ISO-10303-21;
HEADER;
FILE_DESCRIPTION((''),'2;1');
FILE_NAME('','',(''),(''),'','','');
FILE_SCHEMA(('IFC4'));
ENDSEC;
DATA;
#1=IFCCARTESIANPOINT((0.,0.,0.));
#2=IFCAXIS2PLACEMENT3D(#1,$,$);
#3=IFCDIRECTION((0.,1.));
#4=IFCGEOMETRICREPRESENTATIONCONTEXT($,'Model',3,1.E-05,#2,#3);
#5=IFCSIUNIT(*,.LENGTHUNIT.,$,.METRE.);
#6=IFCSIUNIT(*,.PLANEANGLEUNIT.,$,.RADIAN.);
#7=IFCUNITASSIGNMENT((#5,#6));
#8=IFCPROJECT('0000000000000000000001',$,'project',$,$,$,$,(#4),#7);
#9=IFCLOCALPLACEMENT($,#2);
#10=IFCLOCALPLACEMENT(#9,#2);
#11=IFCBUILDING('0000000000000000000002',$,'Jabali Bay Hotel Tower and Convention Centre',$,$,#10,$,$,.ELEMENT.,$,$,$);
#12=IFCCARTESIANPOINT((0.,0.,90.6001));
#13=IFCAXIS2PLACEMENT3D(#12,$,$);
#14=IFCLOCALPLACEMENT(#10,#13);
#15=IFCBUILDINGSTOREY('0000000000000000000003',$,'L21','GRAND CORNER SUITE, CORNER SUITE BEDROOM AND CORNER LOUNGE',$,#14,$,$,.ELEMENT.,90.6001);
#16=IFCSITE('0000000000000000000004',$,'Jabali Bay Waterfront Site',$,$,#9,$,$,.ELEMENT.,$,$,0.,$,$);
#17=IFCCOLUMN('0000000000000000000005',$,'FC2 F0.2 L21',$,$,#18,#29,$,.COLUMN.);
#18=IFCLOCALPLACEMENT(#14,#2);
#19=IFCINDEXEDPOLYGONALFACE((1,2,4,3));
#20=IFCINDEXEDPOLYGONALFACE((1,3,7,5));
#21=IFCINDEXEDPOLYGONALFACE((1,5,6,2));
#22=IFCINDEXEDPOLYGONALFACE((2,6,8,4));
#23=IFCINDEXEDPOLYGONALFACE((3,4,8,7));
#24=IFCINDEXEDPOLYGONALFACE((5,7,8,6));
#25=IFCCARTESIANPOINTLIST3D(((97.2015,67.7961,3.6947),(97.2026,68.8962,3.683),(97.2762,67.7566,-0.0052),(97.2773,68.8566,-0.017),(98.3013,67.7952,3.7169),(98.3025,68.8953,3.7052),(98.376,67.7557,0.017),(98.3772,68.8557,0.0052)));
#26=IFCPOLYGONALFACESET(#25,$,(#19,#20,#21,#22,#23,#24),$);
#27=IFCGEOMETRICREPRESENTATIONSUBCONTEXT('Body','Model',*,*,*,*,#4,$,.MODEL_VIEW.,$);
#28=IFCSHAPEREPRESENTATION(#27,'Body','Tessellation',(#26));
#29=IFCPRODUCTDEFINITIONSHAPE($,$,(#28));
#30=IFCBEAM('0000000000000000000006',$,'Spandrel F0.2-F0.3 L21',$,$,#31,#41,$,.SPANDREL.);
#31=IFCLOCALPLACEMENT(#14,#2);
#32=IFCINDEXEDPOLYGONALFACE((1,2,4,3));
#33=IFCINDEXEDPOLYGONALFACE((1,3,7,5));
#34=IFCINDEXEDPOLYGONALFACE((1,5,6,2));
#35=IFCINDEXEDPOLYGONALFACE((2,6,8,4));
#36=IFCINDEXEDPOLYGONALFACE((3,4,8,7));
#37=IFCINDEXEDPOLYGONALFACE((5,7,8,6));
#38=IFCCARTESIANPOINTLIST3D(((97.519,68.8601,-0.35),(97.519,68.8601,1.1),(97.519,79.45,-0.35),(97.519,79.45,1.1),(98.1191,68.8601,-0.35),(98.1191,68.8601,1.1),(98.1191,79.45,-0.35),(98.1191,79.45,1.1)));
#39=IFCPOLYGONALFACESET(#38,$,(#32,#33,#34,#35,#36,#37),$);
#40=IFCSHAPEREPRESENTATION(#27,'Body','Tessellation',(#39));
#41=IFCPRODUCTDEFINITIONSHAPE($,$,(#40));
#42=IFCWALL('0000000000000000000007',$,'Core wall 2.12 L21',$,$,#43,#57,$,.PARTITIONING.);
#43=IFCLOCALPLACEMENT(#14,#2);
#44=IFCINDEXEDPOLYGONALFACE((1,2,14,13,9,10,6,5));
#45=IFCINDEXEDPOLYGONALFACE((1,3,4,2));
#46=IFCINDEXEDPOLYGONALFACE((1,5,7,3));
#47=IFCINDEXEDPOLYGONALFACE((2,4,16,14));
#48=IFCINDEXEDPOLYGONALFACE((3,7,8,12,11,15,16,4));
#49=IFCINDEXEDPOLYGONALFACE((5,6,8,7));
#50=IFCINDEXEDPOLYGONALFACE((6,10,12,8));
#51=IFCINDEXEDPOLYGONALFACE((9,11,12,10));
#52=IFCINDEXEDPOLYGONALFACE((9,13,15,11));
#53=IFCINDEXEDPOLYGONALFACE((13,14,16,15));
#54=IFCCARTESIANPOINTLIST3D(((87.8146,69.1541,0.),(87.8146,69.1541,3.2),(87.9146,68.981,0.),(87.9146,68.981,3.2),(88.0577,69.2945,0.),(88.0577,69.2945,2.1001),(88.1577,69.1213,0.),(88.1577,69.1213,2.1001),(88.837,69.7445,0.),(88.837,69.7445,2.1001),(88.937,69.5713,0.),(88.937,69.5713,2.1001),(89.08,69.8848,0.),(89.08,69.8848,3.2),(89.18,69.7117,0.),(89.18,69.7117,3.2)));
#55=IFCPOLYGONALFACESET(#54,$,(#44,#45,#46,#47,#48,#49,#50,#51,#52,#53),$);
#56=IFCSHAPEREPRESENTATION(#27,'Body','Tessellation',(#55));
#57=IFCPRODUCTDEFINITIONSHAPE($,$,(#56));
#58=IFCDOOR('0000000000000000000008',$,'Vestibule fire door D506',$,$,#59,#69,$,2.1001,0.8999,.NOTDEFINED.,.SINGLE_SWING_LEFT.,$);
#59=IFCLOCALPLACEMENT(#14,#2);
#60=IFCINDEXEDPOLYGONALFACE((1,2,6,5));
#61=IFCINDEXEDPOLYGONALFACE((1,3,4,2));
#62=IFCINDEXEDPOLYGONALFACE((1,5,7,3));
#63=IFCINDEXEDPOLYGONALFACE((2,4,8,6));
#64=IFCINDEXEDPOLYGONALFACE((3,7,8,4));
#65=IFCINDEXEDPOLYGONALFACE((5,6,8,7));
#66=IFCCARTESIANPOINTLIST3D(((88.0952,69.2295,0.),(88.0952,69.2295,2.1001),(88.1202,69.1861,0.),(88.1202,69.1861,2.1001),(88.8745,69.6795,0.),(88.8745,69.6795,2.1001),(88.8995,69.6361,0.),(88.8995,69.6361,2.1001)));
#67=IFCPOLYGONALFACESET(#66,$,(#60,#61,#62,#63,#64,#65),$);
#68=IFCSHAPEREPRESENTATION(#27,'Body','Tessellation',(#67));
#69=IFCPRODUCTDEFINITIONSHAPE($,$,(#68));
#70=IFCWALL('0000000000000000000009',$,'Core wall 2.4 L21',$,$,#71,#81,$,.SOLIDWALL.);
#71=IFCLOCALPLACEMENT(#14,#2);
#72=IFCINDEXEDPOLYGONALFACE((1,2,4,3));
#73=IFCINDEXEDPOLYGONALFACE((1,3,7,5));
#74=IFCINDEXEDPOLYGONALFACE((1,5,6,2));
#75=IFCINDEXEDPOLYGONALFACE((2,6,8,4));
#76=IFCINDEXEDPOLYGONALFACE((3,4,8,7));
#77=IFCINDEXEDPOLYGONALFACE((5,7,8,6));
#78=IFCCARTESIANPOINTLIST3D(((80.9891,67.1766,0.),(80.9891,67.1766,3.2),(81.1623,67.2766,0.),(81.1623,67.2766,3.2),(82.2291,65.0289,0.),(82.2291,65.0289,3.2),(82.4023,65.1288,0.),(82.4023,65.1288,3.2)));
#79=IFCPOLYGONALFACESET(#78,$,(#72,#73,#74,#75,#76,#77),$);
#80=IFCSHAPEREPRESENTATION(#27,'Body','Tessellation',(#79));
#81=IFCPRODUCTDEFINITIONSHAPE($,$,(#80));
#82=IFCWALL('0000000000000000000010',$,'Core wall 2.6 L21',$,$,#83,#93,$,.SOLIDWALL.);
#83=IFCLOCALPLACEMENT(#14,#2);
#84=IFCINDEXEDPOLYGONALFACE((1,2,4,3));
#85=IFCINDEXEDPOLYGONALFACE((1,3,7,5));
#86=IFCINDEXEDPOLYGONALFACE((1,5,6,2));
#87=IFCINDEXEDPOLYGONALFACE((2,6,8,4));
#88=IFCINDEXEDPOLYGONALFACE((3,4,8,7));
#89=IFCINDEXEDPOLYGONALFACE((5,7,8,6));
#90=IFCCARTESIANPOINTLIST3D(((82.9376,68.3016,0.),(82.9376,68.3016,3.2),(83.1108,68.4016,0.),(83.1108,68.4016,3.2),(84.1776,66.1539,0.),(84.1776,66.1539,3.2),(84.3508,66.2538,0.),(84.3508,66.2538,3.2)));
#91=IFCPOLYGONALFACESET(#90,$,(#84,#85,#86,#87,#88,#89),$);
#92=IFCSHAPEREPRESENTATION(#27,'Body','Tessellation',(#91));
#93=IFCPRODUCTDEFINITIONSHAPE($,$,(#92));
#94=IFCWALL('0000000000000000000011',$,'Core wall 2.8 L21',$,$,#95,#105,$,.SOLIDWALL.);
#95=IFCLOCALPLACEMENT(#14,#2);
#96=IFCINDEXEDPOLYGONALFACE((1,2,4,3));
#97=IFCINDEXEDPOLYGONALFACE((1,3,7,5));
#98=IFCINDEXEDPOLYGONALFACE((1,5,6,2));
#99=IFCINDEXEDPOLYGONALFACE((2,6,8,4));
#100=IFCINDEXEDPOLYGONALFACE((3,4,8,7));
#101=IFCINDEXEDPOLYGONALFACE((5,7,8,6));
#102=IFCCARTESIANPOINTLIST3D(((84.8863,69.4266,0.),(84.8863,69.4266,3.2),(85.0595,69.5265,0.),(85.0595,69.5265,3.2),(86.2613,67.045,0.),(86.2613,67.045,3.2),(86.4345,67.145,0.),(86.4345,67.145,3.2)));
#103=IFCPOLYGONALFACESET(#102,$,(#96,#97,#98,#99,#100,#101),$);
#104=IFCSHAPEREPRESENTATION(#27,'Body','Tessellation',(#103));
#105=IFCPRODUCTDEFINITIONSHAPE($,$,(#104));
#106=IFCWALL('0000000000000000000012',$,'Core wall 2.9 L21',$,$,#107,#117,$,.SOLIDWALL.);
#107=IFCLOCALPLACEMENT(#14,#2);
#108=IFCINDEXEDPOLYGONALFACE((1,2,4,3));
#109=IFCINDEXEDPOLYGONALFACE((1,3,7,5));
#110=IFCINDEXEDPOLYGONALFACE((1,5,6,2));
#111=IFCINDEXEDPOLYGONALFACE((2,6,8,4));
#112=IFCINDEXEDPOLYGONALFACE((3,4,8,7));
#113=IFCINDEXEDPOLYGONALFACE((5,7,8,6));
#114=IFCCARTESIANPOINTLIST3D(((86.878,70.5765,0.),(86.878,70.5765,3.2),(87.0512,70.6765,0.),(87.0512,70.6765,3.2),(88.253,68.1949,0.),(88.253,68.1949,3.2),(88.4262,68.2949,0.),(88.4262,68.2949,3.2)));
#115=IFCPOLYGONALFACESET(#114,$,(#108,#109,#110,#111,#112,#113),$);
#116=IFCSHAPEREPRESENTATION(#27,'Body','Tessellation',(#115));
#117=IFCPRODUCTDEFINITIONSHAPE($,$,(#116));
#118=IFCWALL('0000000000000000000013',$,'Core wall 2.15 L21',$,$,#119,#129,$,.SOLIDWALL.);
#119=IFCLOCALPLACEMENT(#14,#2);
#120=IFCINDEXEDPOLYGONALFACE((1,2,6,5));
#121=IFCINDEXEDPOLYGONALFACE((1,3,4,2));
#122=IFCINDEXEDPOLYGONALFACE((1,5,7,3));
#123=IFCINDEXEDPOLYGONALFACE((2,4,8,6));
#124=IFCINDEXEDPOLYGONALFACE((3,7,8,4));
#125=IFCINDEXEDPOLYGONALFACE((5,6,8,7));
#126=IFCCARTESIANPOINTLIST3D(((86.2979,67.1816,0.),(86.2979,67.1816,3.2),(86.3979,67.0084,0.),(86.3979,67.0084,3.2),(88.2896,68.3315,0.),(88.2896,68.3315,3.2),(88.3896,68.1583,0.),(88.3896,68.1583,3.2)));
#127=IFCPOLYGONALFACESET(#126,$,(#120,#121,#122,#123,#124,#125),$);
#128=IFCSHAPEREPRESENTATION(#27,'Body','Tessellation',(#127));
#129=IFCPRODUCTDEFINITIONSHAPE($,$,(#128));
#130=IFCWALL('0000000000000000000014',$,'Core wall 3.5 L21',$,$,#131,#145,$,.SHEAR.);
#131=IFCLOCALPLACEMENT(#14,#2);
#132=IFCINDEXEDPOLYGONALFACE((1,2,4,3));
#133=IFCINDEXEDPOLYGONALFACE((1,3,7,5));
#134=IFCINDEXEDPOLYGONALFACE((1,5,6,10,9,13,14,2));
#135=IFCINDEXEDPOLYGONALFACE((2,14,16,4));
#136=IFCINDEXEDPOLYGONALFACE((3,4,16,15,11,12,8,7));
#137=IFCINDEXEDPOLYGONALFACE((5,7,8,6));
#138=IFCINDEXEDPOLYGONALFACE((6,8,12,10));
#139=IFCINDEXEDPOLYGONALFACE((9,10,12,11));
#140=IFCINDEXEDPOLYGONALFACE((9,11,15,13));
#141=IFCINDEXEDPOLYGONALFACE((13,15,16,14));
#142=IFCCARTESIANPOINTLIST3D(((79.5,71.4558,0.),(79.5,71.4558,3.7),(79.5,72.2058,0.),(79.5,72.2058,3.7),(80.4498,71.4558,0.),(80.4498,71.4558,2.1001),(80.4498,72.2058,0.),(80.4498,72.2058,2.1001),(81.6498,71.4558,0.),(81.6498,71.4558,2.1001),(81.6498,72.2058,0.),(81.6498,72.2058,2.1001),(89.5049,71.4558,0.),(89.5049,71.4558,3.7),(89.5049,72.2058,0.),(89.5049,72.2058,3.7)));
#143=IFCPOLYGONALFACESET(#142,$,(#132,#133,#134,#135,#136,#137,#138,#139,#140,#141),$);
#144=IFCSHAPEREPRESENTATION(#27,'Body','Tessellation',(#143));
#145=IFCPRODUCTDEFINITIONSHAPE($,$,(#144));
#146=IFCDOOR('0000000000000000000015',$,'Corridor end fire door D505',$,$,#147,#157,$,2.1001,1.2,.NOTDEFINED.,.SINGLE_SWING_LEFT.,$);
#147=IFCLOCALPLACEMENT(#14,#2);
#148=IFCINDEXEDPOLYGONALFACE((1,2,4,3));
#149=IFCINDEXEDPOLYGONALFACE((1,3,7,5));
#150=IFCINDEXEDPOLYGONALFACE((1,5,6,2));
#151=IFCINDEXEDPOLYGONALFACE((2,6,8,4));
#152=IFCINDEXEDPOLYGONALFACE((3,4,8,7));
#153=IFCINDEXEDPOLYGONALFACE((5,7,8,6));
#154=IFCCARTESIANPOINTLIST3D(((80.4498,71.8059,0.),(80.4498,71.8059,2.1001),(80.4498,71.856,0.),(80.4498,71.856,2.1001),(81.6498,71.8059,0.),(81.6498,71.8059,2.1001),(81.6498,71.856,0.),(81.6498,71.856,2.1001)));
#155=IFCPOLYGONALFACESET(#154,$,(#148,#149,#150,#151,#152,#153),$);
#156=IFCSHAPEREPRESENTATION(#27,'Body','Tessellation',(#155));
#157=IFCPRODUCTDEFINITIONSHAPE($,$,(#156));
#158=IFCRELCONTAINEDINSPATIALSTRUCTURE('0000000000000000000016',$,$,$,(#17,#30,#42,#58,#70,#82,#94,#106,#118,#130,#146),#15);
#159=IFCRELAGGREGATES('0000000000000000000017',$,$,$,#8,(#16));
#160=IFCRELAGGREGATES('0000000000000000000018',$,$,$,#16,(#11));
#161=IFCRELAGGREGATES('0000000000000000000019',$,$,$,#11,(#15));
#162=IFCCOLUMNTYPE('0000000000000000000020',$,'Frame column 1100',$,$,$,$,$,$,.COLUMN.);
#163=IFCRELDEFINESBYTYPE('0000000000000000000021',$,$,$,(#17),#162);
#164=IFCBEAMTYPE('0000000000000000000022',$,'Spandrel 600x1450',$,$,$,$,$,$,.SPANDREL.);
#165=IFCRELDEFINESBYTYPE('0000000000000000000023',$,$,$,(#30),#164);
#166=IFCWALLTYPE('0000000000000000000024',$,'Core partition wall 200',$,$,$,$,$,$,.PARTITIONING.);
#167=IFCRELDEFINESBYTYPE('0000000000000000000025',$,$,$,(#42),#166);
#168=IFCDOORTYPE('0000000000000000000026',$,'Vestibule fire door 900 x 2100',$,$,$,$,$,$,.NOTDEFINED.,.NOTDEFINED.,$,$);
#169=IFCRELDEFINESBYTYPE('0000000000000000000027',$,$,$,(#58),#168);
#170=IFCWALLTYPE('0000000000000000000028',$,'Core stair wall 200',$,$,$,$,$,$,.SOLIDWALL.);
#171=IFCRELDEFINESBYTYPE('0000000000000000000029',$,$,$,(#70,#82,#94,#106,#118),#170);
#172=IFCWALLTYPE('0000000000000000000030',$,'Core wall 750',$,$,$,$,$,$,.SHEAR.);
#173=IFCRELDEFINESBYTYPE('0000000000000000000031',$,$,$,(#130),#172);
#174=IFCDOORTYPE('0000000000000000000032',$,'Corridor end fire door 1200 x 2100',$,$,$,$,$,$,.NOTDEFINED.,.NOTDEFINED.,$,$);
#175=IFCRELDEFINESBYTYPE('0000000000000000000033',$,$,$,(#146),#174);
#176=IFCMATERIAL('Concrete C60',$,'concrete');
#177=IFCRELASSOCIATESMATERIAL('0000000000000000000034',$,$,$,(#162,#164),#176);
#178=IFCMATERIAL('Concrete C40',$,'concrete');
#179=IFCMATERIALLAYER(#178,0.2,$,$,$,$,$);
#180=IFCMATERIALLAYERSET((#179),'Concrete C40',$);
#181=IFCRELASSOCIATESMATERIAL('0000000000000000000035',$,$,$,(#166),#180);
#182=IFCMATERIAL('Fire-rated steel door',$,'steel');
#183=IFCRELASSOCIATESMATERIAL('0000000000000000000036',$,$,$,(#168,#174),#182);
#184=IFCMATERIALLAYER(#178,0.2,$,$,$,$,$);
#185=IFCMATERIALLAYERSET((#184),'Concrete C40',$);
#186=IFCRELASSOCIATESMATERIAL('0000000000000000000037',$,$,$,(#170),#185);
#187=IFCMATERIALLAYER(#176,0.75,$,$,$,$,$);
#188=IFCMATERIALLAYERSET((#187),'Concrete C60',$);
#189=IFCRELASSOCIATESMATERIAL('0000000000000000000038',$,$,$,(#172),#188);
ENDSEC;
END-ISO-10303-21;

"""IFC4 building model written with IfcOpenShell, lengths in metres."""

from ifc_helpers import new_model, si_unit, direction, frame, frame_2d, origin, origin_2d, place, context, subcontext, project, spatial, rectangle, extrude, material, layer, layer_set, material_profile, profile_set, type_object, element, fill, save


model = new_model("IFC4")

# Units and contexts
model_context = context("Model", 3, precision=1e-05, world=origin(), true_north=direction((0.0, 1.0)))
body_context = subcontext(model_context, "Body", "Model", "MODEL_VIEW")
ifc_project = project(units=[si_unit("LENGTHUNIT", "METRE"), si_unit("PLANEANGLEUNIT", "RADIAN")], contexts=[model_context])

# Site, building, storey
site_placement = place(None, origin())
site = spatial("IfcSite", under=ifc_project, at=site_placement, Name="Jabali Bay Waterfront Site", CompositionType="ELEMENT", RefElevation=0.0)
building_placement = place(site_placement, origin())
building = spatial("IfcBuilding", under=site, at=building_placement, Name="Jabali Bay Hotel Tower and Convention Centre", CompositionType="ELEMENT")
storey_placement = place(building_placement, frame((0.0, 0.0, 90.6001)))
storey = spatial("IfcBuildingStorey", under=building, at=storey_placement, Name="L21", Description="GRAND CORNER SUITE, CORNER SUITE BEDROOM AND CORNER LOUNGE", CompositionType="ELEMENT", Elevation=90.6001)

# Column
ifc_material_1 = material(Name="Concrete C60", Category="concrete")
ifc_material_profile_1 = material_profile(ifc_material_1, rectangle(XDim=1.1001, YDim=1.1001, at=origin_2d()), Name="Frame column 1100")
ifc_profile_set_1 = profile_set([ifc_material_profile_1], Name="Concrete C60")
column_type = type_object("IfcColumnType", Name="Frame column 1100", PredefinedType="COLUMN", material=ifc_profile_set_1)
column_placement = place(storey_placement, frame((97.8267, 68.3062, 0.0), z_axis=(-0.020186, 0.010687, 0.999739), x_axis=(-0.001023, -0.999943, 0.010668)))
element("IfcColumn", 1, at=column_placement, inside=storey, type_object=column_type, Name="FC2 F0.2 L21", PredefinedType="COLUMN", context=body_context, shape_type="SweptSolid", body=[
    extrude(rectangle(XDim=1.1001, YDim=1.1001, at=origin_2d()), origin(), (0.0, 0.0, 1.0), 3.7009),
])

# Beam
ifc_material_profile_2 = material_profile(ifc_material_1, rectangle(XDim=0.6001, YDim=1.45, at=origin_2d()), Name="Spandrel 600x1450")
ifc_profile_set_2 = profile_set([ifc_material_profile_2], Name="Concrete C60")
beam_type = type_object("IfcBeamType", Name="Spandrel 600x1450", PredefinedType="SPANDREL", material=ifc_profile_set_2)
beam_placement = place(storey_placement, frame((97.8191, 68.8601, 0.375), z_axis=(0.0, 1.0, 0.0), x_axis=(-1.0, 0.0, 0.0)))
element("IfcBeam", 2, at=beam_placement, inside=storey, type_object=beam_type, Name="Spandrel F0.2-F0.3 L21", PredefinedType="SPANDREL", context=body_context, shape_type="SweptSolid", body=[
    extrude(rectangle(XDim=0.6001, YDim=1.45, at=origin_2d()), origin(), (0.0, 0.0, 1.0), 10.5898),
])

# Wall, opening, door
ifc_material_2 = material(Name="Concrete C40", Category="concrete")
ifc_layer_1 = layer(ifc_material_2, 0.2)
ifc_layer_set_1 = layer_set([ifc_layer_1], Name="Concrete C40")
wall_type_1 = type_object("IfcWallType", Name="Core partition wall 200", PredefinedType="PARTITIONING", material=ifc_layer_set_1)
wall_1_placement = place(storey_placement, frame((87.8647, 69.0676, 0.0), z_axis=(0.0, 0.0, 1.0), x_axis=(0.865982, 0.500074, 0.0)))
wall_1 = element("IfcWall", 3, at=wall_1_placement, inside=storey, type_object=wall_type_1, Name="Core wall 2.12 L21", PredefinedType="PARTITIONING", context=body_context, shape_type="SweptSolid", body=[
    extrude(rectangle(XDim=1.4612, YDim=0.2, at=frame_2d((0.7305, 0.0))), origin(), (0.0, 0.0, 1.0), 3.2),
])
opening_1_placement = place(wall_1_placement, frame((0.2805, 0.0, 0.0)))
opening_1 = element("IfcOpeningElement", 4, at=opening_1_placement, cuts=wall_1, PredefinedType="OPENING", context=body_context, shape_type="SweptSolid", body=[
    extrude(rectangle(XDim=0.8999, YDim=2.1001, at=frame_2d((0.45, 1.05))), frame((0.0, 0.1104, 0.0), z_axis=(0.0, -1.0, 0.0), x_axis=(1.0, 0.0, 0.0)), (0.0, 0.0, 1.0), 0.2209),
])
ifc_material_3 = material(Name="Fire-rated steel door", Category="steel")
door_type_1 = type_object("IfcDoorType", Name="Vestibule fire door 900 x 2100", OperationType="NOTDEFINED", PredefinedType="NOTDEFINED", material=ifc_material_3)
door_1_placement = place(opening_1_placement, origin())
door_1 = element("IfcDoor", 5, at=door_1_placement, inside=storey, type_object=door_type_1, Name="Vestibule fire door D506", OperationType="SINGLE_SWING_LEFT", OverallHeight=2.1001, OverallWidth=0.8999, PredefinedType="NOTDEFINED", context=body_context, shape_type="SweptSolid", body=[
    extrude(rectangle(XDim=0.8999, YDim=2.1001, at=frame_2d((0.45, 1.05))), frame((0.0, 0.0249, 0.0), z_axis=(0.0, -1.0, 0.0), x_axis=(1.0, 0.0, 0.0)), (0.0, 0.0, 1.0), 0.05),
])
fill(opening_1, door_1)

# Walls
ifc_layer_2 = layer(ifc_material_2, 0.2)
ifc_layer_set_2 = layer_set([ifc_layer_2], Name="Concrete C40")
wall_type_2 = type_object("IfcWallType", Name="Core stair wall 200", PredefinedType="SOLIDWALL", material=ifc_layer_set_2)
for number, where, z_axis, x_axis, name in (
    (6, (81.0757, 67.2266, 0.0), (0.0, 0.0, 1.0), (0.500004, -0.866023, 0.0), "Core wall 2.4 L21"),
    (7, (83.0242, 68.3516, 0.0), (0.0, 0.0, 1.0), (0.500004, -0.866023, 0.0), "Core wall 2.6 L21"),
):
    element("IfcWall", number, at=place(storey_placement, frame(where, z_axis=z_axis, x_axis=x_axis)), inside=storey, type_object=wall_type_2, Name=name, PredefinedType="SOLIDWALL", context=body_context, shape_type="SweptSolid", body=[
        extrude(rectangle(XDim=2.48, YDim=0.2, at=frame_2d((1.24, 0.0))), origin(), (0.0, 0.0, 1.0), 3.2),
    ])
for number, where, z_axis, x_axis, name in (
    (8, (84.9729, 69.4766, 0.0), (0.0, 0.0, 1.0), (0.499997, -0.866027, 0.0), "Core wall 2.8 L21"),
    (9, (86.9646, 70.6265, 0.0), (0.0, 0.0, 1.0), (0.499997, -0.866027, 0.0), "Core wall 2.9 L21"),
):
    element("IfcWall", number, at=place(storey_placement, frame(where, z_axis=z_axis, x_axis=x_axis)), inside=storey, type_object=wall_type_2, Name=name, PredefinedType="SOLIDWALL", context=body_context, shape_type="SweptSolid", body=[
        extrude(rectangle(XDim=2.75, YDim=0.2, at=frame_2d((1.375, 0.0))), origin(), (0.0, 0.0, 1.0), 3.2),
    ])
wall_2_placement = place(storey_placement, frame((86.3479, 67.095, 0.0), z_axis=(0.0, 0.0, 1.0), x_axis=(0.866026, 0.499998, 0.0)))
element("IfcWall", 10, at=wall_2_placement, inside=storey, type_object=wall_type_2, Name="Core wall 2.15 L21", PredefinedType="SOLIDWALL", context=body_context, shape_type="SweptSolid", body=[
    extrude(rectangle(XDim=2.2998, YDim=0.2, at=frame_2d((1.1499, 0.0))), origin(), (0.0, 0.0, 1.0), 3.2),
])

# Wall, opening, door
ifc_layer_3 = layer(ifc_material_1, 0.75)
ifc_layer_set_3 = layer_set([ifc_layer_3], Name="Concrete C60")
wall_type_3 = type_object("IfcWallType", Name="Core wall 750", PredefinedType="SHEAR", material=ifc_layer_set_3)
wall_3_placement = place(storey_placement, frame((89.5049, 71.8308, 0.0), z_axis=(0.0, 0.0, 1.0), x_axis=(-1.0, 0.0, 0.0)))
wall_3 = element("IfcWall", 11, at=wall_3_placement, inside=storey, type_object=wall_type_3, Name="Core wall 3.5 L21", PredefinedType="SHEAR", context=body_context, shape_type="SweptSolid", body=[
    extrude(rectangle(XDim=10.0049, YDim=0.75, at=frame_2d((5.0024, 0.0))), origin(), (0.0, 0.0, 1.0), 3.7),
])
opening_2_placement = place(wall_3_placement, frame((7.855, 0.0, 0.0)))
opening_2 = element("IfcOpeningElement", 12, at=opening_2_placement, cuts=wall_3, PredefinedType="OPENING", context=body_context, shape_type="SweptSolid", body=[
    extrude(rectangle(XDim=1.2, YDim=2.1001, at=frame_2d((0.6001, 1.05))), frame((0.0, 0.3855, 0.0), z_axis=(0.0, -1.0, 0.0), x_axis=(1.0, 0.0, 0.0)), (0.0, 0.0, 1.0), 0.771),
])
door_type_2 = type_object("IfcDoorType", Name="Corridor end fire door 1200 x 2100", OperationType="NOTDEFINED", PredefinedType="NOTDEFINED", material=ifc_material_3)
door_2_placement = place(opening_2_placement, origin())
door_2 = element("IfcDoor", 13, at=door_2_placement, inside=storey, type_object=door_type_2, Name="Corridor end fire door D505", OperationType="SINGLE_SWING_LEFT", OverallHeight=2.1001, OverallWidth=1.2, PredefinedType="NOTDEFINED", context=body_context, shape_type="SweptSolid", body=[
    extrude(rectangle(XDim=1.2, YDim=2.1001, at=frame_2d((0.6001, 1.05))), frame((0.0, 0.0249, 0.0), z_axis=(0.0, -1.0, 0.0), x_axis=(1.0, 0.0, 0.0)), (0.0, 0.0, 1.0), 0.05),
])
fill(opening_2, door_2)

save(model, "model.ifc")
